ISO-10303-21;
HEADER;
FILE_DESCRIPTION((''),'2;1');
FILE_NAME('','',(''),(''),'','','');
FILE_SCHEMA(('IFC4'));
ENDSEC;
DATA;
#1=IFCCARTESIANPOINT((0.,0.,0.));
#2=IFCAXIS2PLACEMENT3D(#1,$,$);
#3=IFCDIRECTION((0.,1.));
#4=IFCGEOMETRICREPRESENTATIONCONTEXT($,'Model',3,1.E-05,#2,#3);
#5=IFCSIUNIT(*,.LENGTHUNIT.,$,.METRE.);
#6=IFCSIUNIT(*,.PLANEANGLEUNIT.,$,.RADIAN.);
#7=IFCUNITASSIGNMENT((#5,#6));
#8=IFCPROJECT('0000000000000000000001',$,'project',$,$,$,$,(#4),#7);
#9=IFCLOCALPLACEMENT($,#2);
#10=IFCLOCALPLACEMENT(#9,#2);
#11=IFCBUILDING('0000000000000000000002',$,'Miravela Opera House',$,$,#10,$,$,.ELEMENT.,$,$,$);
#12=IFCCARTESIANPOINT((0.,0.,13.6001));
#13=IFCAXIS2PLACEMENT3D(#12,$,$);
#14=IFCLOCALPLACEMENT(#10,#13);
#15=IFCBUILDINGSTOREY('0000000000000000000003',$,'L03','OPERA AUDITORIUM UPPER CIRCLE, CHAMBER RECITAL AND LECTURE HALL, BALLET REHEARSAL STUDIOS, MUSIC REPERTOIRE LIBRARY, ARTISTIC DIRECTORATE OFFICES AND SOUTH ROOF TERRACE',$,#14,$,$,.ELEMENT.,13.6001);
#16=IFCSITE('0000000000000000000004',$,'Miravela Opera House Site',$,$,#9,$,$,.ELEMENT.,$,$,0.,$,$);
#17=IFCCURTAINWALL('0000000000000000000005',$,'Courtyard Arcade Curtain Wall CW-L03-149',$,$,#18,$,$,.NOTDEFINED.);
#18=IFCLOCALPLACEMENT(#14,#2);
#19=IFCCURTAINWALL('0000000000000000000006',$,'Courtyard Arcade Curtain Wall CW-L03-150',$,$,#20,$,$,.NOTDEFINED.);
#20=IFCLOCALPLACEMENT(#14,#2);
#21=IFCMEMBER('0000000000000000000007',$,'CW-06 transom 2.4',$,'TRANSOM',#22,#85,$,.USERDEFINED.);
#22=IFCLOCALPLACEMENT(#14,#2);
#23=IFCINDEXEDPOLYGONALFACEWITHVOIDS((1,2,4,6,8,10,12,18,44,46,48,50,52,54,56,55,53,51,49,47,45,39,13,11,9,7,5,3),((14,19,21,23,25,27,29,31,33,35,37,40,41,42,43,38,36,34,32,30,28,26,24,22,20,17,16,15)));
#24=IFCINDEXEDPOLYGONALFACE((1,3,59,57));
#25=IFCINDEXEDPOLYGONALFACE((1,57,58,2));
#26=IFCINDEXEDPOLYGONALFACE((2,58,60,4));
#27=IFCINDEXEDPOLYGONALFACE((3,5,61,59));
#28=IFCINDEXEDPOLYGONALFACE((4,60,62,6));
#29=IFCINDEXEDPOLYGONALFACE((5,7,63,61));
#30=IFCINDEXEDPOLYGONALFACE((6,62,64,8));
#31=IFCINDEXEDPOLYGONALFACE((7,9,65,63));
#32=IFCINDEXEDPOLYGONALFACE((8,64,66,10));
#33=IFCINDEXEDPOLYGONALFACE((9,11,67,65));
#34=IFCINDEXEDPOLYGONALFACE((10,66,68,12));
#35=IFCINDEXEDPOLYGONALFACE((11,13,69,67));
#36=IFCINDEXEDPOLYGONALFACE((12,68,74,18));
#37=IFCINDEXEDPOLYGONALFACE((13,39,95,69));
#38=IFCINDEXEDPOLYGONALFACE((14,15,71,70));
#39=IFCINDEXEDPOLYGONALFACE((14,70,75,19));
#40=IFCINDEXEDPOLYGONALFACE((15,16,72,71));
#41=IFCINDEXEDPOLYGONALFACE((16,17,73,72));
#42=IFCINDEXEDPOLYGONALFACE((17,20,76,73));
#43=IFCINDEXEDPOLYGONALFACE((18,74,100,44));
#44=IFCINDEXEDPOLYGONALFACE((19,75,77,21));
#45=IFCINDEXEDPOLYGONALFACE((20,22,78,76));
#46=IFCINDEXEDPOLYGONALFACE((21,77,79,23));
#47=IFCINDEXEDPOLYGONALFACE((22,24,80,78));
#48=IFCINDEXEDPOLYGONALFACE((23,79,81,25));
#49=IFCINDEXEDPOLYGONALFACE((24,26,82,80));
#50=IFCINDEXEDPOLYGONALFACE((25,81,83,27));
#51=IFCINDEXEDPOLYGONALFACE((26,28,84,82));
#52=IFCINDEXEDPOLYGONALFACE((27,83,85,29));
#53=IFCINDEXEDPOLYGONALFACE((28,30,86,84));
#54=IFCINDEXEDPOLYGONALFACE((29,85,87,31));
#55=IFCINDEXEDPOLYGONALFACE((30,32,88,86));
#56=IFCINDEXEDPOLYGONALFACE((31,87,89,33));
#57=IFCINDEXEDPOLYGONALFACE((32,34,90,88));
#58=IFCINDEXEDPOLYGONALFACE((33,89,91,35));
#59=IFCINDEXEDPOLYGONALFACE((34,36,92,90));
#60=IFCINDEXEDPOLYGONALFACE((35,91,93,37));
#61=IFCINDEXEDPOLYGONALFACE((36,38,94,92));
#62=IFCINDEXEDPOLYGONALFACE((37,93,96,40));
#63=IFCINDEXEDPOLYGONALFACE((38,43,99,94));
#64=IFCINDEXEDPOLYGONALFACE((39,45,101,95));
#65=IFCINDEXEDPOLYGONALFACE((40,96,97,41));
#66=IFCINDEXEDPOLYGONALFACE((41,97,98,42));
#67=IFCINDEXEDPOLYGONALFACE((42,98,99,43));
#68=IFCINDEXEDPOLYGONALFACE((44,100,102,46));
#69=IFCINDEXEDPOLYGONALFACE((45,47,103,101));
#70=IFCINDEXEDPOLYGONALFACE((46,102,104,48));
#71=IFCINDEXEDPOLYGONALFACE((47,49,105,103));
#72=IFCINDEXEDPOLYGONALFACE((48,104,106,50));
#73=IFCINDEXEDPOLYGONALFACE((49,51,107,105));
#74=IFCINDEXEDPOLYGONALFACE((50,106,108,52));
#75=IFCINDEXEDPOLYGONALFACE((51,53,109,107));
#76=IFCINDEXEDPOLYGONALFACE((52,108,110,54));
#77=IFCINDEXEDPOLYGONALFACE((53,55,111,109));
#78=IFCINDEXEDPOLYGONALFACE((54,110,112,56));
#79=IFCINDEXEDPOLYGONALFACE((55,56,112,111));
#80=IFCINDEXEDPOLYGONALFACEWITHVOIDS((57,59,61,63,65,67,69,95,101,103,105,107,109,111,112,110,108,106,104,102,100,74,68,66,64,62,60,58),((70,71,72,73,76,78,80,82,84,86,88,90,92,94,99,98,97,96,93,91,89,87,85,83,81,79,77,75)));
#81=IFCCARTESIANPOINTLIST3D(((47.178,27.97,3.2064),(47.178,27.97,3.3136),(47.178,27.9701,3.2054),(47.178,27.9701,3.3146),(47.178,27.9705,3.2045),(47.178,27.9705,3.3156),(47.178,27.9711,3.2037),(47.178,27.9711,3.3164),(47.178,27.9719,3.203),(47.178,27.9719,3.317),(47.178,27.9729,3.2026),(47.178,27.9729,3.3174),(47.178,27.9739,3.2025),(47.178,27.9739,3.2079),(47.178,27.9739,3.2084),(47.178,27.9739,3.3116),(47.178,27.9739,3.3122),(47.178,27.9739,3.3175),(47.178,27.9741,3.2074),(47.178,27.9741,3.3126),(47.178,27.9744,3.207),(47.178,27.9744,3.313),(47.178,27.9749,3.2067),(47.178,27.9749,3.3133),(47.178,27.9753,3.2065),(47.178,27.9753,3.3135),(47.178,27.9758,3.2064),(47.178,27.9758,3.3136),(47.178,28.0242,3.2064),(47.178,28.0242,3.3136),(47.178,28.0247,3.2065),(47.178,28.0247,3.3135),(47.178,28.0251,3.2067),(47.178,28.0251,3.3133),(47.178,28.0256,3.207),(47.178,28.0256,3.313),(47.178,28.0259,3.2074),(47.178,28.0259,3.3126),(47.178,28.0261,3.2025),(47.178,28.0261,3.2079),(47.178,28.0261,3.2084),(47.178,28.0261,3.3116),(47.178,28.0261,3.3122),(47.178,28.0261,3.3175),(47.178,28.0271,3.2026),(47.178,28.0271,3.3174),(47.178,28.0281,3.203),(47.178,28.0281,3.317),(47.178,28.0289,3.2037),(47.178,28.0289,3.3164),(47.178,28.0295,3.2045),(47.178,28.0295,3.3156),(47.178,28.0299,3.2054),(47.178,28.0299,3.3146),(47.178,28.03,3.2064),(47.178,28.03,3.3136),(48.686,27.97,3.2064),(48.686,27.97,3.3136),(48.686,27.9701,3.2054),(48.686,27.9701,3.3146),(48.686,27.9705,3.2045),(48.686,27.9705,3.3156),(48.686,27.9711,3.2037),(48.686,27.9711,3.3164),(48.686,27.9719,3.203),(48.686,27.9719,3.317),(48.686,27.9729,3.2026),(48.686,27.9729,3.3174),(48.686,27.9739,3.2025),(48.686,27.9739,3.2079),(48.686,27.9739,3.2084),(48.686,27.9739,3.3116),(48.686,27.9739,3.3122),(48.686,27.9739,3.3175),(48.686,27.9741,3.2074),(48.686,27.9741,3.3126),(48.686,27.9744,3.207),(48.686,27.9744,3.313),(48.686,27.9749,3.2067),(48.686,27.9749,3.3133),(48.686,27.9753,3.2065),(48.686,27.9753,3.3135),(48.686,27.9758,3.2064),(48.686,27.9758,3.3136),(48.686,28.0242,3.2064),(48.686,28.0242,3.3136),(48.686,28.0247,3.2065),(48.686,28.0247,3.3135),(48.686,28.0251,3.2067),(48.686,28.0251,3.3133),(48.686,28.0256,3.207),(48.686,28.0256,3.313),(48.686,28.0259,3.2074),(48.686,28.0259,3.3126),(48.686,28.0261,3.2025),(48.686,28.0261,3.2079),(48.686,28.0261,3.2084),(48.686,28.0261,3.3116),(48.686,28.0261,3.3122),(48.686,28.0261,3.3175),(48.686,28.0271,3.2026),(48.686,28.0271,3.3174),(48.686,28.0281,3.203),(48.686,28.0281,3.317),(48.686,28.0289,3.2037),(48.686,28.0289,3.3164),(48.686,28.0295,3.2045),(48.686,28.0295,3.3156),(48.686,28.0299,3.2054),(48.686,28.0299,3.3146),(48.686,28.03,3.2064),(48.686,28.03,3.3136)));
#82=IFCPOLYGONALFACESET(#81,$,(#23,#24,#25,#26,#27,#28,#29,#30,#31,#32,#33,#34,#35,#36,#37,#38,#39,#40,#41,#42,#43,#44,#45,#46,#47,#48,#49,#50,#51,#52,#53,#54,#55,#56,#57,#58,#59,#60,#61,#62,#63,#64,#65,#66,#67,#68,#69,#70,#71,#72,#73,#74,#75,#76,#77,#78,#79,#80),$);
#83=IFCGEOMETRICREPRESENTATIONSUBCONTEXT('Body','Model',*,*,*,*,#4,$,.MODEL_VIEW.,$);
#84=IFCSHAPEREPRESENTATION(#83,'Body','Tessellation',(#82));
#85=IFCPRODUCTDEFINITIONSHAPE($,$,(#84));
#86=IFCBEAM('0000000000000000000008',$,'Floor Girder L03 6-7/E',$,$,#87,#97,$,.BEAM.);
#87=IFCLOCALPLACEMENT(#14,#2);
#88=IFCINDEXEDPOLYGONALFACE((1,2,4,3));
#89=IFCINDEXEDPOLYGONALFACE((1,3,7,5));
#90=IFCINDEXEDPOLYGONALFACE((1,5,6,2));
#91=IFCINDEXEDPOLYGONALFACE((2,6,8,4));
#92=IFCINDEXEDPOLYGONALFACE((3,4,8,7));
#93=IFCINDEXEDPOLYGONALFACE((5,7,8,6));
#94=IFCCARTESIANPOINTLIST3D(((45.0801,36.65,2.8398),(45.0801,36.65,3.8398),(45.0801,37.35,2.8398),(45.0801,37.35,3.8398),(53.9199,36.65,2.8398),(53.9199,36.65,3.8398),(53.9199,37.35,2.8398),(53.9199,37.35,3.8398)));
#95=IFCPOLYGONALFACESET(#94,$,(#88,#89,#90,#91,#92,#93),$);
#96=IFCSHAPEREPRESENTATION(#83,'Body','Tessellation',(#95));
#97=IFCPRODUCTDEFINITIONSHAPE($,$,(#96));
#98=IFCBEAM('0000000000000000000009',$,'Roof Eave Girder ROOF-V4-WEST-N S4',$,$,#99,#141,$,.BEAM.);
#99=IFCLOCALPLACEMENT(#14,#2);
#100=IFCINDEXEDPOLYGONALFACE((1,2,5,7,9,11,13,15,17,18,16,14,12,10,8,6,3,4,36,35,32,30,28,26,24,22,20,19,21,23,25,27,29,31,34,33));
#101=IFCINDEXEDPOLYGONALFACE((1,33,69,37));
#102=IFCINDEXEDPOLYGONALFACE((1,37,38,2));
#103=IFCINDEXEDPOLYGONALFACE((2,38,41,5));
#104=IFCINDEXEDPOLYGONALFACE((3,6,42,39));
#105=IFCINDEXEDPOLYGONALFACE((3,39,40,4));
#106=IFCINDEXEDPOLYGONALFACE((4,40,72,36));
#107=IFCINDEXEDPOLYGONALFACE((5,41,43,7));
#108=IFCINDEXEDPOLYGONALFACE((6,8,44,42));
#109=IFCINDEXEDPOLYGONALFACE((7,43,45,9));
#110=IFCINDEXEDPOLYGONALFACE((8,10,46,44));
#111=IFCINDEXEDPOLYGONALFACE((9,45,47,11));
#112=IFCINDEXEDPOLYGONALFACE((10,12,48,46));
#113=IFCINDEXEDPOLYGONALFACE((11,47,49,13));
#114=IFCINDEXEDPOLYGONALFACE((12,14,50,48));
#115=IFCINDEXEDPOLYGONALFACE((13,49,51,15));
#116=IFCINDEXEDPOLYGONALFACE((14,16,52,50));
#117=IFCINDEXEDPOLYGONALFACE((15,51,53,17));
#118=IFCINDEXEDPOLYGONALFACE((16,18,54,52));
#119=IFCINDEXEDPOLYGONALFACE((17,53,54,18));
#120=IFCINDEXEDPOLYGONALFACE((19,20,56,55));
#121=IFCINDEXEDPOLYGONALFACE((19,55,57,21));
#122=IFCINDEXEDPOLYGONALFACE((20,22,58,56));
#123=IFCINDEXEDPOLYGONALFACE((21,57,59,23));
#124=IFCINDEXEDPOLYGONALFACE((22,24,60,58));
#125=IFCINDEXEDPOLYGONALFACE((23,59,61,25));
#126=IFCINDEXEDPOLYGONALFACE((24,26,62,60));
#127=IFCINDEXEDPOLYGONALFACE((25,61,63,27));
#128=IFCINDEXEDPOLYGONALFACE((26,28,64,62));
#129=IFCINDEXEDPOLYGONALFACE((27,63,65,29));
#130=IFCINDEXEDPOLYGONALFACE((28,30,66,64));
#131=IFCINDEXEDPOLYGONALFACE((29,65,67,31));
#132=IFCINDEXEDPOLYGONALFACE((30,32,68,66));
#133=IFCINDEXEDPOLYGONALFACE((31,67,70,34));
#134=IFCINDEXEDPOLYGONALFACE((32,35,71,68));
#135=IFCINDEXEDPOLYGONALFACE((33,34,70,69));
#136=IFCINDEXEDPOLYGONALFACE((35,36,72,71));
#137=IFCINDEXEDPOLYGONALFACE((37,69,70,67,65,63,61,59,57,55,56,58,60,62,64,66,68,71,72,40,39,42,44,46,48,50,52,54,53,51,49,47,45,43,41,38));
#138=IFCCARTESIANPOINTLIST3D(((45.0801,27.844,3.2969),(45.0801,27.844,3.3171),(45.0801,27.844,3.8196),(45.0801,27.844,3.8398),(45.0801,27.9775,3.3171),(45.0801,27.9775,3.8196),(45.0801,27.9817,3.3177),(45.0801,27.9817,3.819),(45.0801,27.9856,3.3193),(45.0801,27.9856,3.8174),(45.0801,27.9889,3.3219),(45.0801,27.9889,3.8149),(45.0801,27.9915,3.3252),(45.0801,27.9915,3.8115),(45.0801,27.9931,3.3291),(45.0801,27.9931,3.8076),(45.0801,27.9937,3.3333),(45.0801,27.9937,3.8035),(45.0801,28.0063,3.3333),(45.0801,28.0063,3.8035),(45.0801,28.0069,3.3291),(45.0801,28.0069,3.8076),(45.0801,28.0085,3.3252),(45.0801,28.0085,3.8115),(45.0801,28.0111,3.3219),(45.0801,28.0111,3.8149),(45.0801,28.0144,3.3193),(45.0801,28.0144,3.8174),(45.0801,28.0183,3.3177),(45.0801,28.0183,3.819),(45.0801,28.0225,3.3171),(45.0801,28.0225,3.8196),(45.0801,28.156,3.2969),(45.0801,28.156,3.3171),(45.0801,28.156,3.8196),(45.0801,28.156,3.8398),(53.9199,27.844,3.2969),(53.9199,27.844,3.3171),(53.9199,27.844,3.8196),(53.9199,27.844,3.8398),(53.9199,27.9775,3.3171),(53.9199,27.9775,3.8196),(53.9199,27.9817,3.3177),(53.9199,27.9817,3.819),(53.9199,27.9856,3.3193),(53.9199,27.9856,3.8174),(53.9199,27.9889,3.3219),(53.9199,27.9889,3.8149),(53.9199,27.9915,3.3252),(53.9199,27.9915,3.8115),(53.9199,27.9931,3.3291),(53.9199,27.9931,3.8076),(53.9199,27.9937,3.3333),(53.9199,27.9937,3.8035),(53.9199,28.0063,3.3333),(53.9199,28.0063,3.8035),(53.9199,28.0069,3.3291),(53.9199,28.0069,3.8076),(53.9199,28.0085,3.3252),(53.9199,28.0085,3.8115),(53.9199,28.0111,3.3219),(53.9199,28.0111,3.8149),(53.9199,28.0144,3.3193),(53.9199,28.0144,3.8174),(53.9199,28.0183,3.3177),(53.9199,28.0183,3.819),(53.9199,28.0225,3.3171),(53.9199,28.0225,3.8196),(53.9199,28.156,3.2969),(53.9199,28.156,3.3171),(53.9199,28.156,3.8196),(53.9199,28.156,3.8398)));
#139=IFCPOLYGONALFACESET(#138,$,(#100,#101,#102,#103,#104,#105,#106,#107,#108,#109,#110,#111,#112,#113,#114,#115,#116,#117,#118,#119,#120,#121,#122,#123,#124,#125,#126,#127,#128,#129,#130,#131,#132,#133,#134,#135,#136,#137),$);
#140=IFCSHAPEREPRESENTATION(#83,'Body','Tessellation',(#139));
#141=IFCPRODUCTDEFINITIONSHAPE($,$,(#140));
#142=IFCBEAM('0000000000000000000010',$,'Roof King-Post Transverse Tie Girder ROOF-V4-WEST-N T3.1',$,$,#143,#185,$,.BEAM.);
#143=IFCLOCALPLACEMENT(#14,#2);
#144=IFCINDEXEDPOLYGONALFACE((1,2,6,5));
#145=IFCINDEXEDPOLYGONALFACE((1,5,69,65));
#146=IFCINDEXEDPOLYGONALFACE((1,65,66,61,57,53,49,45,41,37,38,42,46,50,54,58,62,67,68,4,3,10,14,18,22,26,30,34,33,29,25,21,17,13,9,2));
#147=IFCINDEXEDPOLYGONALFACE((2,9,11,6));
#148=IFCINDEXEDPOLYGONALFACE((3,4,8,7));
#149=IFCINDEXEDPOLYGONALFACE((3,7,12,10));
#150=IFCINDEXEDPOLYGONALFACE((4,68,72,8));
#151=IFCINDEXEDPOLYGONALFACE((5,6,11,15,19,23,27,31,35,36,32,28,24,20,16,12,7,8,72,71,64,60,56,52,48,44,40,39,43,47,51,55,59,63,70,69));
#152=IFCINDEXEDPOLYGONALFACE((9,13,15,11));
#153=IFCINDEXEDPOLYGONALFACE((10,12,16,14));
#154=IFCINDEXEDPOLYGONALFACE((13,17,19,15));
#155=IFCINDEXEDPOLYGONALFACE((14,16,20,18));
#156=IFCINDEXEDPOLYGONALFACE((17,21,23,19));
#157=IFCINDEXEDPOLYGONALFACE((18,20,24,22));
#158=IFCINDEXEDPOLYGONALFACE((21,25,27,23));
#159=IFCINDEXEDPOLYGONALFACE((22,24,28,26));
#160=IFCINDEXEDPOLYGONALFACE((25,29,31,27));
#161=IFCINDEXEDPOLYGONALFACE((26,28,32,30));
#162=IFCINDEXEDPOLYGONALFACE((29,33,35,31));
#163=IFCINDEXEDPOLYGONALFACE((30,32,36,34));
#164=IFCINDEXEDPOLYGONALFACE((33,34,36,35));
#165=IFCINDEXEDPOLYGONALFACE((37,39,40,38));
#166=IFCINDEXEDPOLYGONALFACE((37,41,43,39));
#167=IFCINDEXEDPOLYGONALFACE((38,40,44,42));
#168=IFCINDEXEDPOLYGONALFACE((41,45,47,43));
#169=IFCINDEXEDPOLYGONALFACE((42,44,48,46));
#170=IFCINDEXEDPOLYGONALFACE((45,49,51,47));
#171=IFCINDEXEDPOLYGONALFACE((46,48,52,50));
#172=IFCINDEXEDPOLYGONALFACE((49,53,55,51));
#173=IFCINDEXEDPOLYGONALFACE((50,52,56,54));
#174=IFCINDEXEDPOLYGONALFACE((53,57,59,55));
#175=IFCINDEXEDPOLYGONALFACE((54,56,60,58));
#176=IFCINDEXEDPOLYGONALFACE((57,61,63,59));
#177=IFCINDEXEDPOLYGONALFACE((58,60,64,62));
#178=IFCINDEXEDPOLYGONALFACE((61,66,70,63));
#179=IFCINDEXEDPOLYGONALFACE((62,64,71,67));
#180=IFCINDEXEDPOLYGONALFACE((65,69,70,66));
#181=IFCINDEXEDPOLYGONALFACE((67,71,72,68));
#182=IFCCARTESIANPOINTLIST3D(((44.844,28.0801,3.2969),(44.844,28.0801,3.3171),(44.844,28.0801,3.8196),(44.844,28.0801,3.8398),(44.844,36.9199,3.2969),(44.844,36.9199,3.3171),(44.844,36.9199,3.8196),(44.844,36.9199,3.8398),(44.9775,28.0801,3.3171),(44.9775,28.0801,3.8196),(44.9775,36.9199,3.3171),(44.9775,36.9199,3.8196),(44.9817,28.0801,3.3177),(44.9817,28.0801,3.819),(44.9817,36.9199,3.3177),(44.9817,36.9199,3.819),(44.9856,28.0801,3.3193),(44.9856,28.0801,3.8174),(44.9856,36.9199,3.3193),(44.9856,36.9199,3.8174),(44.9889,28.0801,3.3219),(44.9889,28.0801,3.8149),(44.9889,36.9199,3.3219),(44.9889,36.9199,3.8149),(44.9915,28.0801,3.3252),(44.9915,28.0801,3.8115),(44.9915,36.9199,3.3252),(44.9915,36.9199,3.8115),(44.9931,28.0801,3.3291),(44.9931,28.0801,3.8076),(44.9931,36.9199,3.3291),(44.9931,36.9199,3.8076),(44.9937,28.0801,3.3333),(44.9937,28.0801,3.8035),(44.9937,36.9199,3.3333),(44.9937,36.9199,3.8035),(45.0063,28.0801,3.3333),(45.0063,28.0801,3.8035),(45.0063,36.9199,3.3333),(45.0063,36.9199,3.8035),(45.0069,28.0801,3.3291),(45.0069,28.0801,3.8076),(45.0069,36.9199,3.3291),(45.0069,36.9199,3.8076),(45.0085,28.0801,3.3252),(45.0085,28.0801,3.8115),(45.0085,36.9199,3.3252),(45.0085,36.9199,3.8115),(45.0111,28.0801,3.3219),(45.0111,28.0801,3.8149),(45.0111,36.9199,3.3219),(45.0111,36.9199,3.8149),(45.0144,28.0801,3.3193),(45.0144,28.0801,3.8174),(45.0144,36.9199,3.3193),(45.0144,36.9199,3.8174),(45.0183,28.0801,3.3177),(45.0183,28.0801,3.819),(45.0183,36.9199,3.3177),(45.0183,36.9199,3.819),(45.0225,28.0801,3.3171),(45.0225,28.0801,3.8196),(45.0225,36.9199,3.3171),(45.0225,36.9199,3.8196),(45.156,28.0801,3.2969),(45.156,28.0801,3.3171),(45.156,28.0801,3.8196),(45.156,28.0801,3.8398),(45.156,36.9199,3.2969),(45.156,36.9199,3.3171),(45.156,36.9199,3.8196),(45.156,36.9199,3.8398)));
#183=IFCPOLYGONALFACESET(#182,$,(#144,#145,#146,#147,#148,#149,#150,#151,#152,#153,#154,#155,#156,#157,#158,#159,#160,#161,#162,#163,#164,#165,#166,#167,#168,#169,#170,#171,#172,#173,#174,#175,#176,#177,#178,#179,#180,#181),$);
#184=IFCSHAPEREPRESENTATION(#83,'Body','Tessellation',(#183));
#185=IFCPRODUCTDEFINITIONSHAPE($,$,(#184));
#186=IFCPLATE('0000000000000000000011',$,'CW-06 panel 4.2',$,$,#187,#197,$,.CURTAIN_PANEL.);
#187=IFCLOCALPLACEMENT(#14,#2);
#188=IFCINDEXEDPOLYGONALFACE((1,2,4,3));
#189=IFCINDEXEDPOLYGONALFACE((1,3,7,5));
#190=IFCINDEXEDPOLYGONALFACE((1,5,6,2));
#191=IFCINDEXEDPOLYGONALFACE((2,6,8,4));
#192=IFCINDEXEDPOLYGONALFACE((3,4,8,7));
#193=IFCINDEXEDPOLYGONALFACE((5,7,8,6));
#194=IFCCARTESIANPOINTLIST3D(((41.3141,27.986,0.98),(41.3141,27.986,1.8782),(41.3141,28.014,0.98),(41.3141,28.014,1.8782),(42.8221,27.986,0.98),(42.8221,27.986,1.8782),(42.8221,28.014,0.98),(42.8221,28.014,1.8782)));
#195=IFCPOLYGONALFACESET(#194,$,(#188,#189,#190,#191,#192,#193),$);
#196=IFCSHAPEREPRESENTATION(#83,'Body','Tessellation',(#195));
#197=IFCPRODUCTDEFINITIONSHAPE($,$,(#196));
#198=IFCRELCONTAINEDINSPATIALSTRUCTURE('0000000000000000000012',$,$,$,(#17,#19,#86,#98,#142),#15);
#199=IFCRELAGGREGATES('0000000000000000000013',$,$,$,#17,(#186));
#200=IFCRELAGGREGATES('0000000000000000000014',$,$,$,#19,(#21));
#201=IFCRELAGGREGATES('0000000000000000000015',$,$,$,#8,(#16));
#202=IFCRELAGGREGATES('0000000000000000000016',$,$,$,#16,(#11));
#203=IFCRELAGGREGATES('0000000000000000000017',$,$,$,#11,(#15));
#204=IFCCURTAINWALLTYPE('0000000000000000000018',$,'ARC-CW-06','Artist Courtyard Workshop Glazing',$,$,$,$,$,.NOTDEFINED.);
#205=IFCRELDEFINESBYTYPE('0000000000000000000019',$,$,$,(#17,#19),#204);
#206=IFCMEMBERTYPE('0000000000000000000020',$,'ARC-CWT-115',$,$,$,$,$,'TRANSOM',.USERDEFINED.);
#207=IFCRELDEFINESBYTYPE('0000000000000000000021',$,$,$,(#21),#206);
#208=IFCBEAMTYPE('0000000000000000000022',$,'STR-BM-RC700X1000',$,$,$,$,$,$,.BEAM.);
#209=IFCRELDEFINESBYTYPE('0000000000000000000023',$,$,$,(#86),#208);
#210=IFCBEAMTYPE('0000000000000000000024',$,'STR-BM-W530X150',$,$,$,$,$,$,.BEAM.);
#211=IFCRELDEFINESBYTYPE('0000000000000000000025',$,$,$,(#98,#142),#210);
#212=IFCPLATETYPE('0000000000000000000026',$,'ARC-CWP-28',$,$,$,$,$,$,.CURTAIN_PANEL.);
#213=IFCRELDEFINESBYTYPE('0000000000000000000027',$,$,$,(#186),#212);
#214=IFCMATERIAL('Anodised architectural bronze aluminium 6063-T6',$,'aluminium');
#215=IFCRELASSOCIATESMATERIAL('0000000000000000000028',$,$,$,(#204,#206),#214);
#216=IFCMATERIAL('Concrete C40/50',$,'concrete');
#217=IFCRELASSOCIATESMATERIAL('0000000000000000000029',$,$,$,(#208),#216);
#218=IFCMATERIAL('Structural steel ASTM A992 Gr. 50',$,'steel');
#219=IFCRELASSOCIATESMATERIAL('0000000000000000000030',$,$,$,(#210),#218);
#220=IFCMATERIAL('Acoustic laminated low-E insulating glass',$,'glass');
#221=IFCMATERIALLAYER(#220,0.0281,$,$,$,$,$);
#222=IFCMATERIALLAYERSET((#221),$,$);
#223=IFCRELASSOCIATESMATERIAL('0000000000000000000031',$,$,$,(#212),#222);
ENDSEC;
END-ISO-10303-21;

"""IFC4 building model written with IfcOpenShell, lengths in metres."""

from ifc_helpers import new_model, si_unit, direction, frame, origin, origin_2d, place, context, subcontext, project, spatial, rectangle, hollow_rectangle, i_section, extrude, material, layer, layer_set, material_profile, profile_set, type_object, element, aggregate, save


model = new_model("IFC4")

# Units and contexts
model_context = context("Model", 3, precision=1e-05, world=origin(), true_north=direction((0.0, 1.0)))
body_context = subcontext(model_context, "Body", "Model", "MODEL_VIEW")
ifc_project = project(units=[si_unit("LENGTHUNIT", "METRE"), si_unit("PLANEANGLEUNIT", "RADIAN")], contexts=[model_context])

# Site, building, storey
site_placement = place(None, origin())
site = spatial("IfcSite", under=ifc_project, at=site_placement, Name="Miravela Opera House Site", CompositionType="ELEMENT", RefElevation=0.0)
building_placement = place(site_placement, origin())
building = spatial("IfcBuilding", under=site, at=building_placement, Name="Miravela Opera House", CompositionType="ELEMENT")
storey_placement = place(building_placement, frame((0.0, 0.0, 13.6001)))
storey = spatial("IfcBuildingStorey", under=building, at=storey_placement, Name="L03", Description="OPERA AUDITORIUM UPPER CIRCLE, CHAMBER RECITAL AND LECTURE HALL, BALLET REHEARSAL STUDIOS, MUSIC REPERTOIRE LIBRARY, ARTISTIC DIRECTORATE OFFICES AND SOUTH ROOF TERRACE", CompositionType="ELEMENT", Elevation=13.6001)

# Curtain walls
ifc_material_1 = material(Name="Anodised architectural bronze aluminium 6063-T6", Category="aluminium")
curtain_wall_type = type_object("IfcCurtainWallType", Name="ARC-CW-06", Description="Artist Courtyard Workshop Glazing", PredefinedType="NOTDEFINED", material=ifc_material_1)
curtain_wall_1_placement = place(storey_placement, origin())
curtain_wall_1 = element("IfcCurtainWall", 1, at=curtain_wall_1_placement, inside=storey, type_object=curtain_wall_type, Name="Courtyard Arcade Curtain Wall CW-L03-149", PredefinedType="NOTDEFINED")
curtain_wall_2_placement = place(storey_placement, origin())
curtain_wall_2 = element("IfcCurtainWall", 2, at=curtain_wall_2_placement, inside=storey, type_object=curtain_wall_type, Name="Courtyard Arcade Curtain Wall CW-L03-150", PredefinedType="NOTDEFINED")

# Member
ifc_material_profile_1 = material_profile(ifc_material_1, hollow_rectangle(XDim=0.0601, YDim=0.115, WallThickness=0.0039, InnerFilletRadius=0.002, OuterFilletRadius=0.0039, at=origin_2d()), Name="CWT-60X115")
ifc_profile_set_1 = profile_set([ifc_material_profile_1])
member_type_1 = type_object("IfcMemberType", Name="ARC-CWT-115", ElementType="TRANSOM", PredefinedType="USERDEFINED", material=ifc_profile_set_1)
member_1_placement = place(storey_placement, frame((47.178, 28.0, 3.26), z_axis=(1.0, 0.0, 0.0), x_axis=(0.0, 1.0, 0.0)))
member_1 = element("IfcMember", 3, at=member_1_placement, type_object=member_type_1, Name="CW-06 transom 2.4", ObjectType="TRANSOM", PredefinedType="USERDEFINED", context=body_context, shape_type="SweptSolid", body=[
    extrude(hollow_rectangle(XDim=0.0601, YDim=0.115, WallThickness=0.0039, InnerFilletRadius=0.002, OuterFilletRadius=0.0039, at=origin_2d()), origin(), (0.0, 0.0, 1.0), 1.5081),
])

# Beams
ifc_material_2 = material(Name="Concrete C40/50", Category="concrete")
ifc_material_profile_2 = material_profile(ifc_material_2, rectangle(XDim=0.7, YDim=1.0, at=origin_2d()), Name="RC-BM-700X1000")
ifc_profile_set_2 = profile_set([ifc_material_profile_2])
beam_type_1 = type_object("IfcBeamType", Name="STR-BM-RC700X1000", PredefinedType="BEAM", material=ifc_profile_set_2)
beam_placement = place(storey_placement, frame((45.0801, 37.0, 3.3398), z_axis=(1.0, 0.0, 0.0), x_axis=(0.0, 1.0, 0.0)))
element("IfcBeam", 4, at=beam_placement, inside=storey, type_object=beam_type_1, Name="Floor Girder L03 6-7/E", PredefinedType="BEAM", context=body_context, shape_type="SweptSolid", body=[
    extrude(rectangle(XDim=0.7, YDim=1.0, at=origin_2d()), origin(), (0.0, 0.0, 1.0), 8.8398),
])
ifc_material_3 = material(Name="Structural steel ASTM A992 Gr. 50", Category="steel")
ifc_material_profile_3 = material_profile(ifc_material_3, i_section(OverallWidth=0.312, OverallDepth=0.543, WebThickness=0.0127, FlangeThickness=0.0203, FilletRadius=0.0161, at=origin_2d()), Name="W530X150")
ifc_profile_set_3 = profile_set([ifc_material_profile_3])
beam_type_2 = type_object("IfcBeamType", Name="STR-BM-W530X150", PredefinedType="BEAM", material=ifc_profile_set_3)
for number, where, z_axis, x_axis, name in (
    (5, (45.0801, 28.0, 3.5684), (1.0, 0.0, 0.0), (0.0, 1.0, 0.0), "Roof Eave Girder ROOF-V4-WEST-N S4"),
    (6, (45.0, 28.0801, 3.5684), (0.0, 1.0, 0.0), (-1.0, 0.0, 0.0), "Roof King-Post Transverse Tie Girder ROOF-V4-WEST-N T3.1"),
):
    element("IfcBeam", number, at=place(storey_placement, frame(where, z_axis=z_axis, x_axis=x_axis)), inside=storey, type_object=beam_type_2, Name=name, PredefinedType="BEAM", context=body_context, shape_type="SweptSolid", body=[
        extrude(i_section(OverallWidth=0.312, OverallDepth=0.543, WebThickness=0.0127, FlangeThickness=0.0203, FilletRadius=0.0161, at=origin_2d()), origin(), (0.0, 0.0, 1.0), 8.8398),
    ])

# Plate
ifc_material_4 = material(Name="Acoustic laminated low-E insulating glass", Category="glass")
ifc_layer_1 = layer(ifc_material_4, 0.0281)
ifc_layer_set_1 = layer_set([ifc_layer_1])
plate_type = type_object("IfcPlateType", Name="ARC-CWP-28", PredefinedType="CURTAIN_PANEL", material=ifc_layer_set_1)
plate_1_placement = place(storey_placement, frame((42.0681, 28.0, 0.98), z_axis=(0.0, 0.0, 1.0), x_axis=(1.0, 0.0, 0.0)))
plate_1 = element("IfcPlate", 7, at=plate_1_placement, type_object=plate_type, Name="CW-06 panel 4.2", PredefinedType="CURTAIN_PANEL", context=body_context, shape_type="SweptSolid", body=[
    extrude(rectangle(XDim=1.5081, YDim=0.0281, at=origin_2d()), origin(), (0.0, 0.0, 1.0), 0.8982),
])
aggregate(curtain_wall_1, [plate_1])
aggregate(curtain_wall_2, [member_1])

save(model, "model.ifc")
